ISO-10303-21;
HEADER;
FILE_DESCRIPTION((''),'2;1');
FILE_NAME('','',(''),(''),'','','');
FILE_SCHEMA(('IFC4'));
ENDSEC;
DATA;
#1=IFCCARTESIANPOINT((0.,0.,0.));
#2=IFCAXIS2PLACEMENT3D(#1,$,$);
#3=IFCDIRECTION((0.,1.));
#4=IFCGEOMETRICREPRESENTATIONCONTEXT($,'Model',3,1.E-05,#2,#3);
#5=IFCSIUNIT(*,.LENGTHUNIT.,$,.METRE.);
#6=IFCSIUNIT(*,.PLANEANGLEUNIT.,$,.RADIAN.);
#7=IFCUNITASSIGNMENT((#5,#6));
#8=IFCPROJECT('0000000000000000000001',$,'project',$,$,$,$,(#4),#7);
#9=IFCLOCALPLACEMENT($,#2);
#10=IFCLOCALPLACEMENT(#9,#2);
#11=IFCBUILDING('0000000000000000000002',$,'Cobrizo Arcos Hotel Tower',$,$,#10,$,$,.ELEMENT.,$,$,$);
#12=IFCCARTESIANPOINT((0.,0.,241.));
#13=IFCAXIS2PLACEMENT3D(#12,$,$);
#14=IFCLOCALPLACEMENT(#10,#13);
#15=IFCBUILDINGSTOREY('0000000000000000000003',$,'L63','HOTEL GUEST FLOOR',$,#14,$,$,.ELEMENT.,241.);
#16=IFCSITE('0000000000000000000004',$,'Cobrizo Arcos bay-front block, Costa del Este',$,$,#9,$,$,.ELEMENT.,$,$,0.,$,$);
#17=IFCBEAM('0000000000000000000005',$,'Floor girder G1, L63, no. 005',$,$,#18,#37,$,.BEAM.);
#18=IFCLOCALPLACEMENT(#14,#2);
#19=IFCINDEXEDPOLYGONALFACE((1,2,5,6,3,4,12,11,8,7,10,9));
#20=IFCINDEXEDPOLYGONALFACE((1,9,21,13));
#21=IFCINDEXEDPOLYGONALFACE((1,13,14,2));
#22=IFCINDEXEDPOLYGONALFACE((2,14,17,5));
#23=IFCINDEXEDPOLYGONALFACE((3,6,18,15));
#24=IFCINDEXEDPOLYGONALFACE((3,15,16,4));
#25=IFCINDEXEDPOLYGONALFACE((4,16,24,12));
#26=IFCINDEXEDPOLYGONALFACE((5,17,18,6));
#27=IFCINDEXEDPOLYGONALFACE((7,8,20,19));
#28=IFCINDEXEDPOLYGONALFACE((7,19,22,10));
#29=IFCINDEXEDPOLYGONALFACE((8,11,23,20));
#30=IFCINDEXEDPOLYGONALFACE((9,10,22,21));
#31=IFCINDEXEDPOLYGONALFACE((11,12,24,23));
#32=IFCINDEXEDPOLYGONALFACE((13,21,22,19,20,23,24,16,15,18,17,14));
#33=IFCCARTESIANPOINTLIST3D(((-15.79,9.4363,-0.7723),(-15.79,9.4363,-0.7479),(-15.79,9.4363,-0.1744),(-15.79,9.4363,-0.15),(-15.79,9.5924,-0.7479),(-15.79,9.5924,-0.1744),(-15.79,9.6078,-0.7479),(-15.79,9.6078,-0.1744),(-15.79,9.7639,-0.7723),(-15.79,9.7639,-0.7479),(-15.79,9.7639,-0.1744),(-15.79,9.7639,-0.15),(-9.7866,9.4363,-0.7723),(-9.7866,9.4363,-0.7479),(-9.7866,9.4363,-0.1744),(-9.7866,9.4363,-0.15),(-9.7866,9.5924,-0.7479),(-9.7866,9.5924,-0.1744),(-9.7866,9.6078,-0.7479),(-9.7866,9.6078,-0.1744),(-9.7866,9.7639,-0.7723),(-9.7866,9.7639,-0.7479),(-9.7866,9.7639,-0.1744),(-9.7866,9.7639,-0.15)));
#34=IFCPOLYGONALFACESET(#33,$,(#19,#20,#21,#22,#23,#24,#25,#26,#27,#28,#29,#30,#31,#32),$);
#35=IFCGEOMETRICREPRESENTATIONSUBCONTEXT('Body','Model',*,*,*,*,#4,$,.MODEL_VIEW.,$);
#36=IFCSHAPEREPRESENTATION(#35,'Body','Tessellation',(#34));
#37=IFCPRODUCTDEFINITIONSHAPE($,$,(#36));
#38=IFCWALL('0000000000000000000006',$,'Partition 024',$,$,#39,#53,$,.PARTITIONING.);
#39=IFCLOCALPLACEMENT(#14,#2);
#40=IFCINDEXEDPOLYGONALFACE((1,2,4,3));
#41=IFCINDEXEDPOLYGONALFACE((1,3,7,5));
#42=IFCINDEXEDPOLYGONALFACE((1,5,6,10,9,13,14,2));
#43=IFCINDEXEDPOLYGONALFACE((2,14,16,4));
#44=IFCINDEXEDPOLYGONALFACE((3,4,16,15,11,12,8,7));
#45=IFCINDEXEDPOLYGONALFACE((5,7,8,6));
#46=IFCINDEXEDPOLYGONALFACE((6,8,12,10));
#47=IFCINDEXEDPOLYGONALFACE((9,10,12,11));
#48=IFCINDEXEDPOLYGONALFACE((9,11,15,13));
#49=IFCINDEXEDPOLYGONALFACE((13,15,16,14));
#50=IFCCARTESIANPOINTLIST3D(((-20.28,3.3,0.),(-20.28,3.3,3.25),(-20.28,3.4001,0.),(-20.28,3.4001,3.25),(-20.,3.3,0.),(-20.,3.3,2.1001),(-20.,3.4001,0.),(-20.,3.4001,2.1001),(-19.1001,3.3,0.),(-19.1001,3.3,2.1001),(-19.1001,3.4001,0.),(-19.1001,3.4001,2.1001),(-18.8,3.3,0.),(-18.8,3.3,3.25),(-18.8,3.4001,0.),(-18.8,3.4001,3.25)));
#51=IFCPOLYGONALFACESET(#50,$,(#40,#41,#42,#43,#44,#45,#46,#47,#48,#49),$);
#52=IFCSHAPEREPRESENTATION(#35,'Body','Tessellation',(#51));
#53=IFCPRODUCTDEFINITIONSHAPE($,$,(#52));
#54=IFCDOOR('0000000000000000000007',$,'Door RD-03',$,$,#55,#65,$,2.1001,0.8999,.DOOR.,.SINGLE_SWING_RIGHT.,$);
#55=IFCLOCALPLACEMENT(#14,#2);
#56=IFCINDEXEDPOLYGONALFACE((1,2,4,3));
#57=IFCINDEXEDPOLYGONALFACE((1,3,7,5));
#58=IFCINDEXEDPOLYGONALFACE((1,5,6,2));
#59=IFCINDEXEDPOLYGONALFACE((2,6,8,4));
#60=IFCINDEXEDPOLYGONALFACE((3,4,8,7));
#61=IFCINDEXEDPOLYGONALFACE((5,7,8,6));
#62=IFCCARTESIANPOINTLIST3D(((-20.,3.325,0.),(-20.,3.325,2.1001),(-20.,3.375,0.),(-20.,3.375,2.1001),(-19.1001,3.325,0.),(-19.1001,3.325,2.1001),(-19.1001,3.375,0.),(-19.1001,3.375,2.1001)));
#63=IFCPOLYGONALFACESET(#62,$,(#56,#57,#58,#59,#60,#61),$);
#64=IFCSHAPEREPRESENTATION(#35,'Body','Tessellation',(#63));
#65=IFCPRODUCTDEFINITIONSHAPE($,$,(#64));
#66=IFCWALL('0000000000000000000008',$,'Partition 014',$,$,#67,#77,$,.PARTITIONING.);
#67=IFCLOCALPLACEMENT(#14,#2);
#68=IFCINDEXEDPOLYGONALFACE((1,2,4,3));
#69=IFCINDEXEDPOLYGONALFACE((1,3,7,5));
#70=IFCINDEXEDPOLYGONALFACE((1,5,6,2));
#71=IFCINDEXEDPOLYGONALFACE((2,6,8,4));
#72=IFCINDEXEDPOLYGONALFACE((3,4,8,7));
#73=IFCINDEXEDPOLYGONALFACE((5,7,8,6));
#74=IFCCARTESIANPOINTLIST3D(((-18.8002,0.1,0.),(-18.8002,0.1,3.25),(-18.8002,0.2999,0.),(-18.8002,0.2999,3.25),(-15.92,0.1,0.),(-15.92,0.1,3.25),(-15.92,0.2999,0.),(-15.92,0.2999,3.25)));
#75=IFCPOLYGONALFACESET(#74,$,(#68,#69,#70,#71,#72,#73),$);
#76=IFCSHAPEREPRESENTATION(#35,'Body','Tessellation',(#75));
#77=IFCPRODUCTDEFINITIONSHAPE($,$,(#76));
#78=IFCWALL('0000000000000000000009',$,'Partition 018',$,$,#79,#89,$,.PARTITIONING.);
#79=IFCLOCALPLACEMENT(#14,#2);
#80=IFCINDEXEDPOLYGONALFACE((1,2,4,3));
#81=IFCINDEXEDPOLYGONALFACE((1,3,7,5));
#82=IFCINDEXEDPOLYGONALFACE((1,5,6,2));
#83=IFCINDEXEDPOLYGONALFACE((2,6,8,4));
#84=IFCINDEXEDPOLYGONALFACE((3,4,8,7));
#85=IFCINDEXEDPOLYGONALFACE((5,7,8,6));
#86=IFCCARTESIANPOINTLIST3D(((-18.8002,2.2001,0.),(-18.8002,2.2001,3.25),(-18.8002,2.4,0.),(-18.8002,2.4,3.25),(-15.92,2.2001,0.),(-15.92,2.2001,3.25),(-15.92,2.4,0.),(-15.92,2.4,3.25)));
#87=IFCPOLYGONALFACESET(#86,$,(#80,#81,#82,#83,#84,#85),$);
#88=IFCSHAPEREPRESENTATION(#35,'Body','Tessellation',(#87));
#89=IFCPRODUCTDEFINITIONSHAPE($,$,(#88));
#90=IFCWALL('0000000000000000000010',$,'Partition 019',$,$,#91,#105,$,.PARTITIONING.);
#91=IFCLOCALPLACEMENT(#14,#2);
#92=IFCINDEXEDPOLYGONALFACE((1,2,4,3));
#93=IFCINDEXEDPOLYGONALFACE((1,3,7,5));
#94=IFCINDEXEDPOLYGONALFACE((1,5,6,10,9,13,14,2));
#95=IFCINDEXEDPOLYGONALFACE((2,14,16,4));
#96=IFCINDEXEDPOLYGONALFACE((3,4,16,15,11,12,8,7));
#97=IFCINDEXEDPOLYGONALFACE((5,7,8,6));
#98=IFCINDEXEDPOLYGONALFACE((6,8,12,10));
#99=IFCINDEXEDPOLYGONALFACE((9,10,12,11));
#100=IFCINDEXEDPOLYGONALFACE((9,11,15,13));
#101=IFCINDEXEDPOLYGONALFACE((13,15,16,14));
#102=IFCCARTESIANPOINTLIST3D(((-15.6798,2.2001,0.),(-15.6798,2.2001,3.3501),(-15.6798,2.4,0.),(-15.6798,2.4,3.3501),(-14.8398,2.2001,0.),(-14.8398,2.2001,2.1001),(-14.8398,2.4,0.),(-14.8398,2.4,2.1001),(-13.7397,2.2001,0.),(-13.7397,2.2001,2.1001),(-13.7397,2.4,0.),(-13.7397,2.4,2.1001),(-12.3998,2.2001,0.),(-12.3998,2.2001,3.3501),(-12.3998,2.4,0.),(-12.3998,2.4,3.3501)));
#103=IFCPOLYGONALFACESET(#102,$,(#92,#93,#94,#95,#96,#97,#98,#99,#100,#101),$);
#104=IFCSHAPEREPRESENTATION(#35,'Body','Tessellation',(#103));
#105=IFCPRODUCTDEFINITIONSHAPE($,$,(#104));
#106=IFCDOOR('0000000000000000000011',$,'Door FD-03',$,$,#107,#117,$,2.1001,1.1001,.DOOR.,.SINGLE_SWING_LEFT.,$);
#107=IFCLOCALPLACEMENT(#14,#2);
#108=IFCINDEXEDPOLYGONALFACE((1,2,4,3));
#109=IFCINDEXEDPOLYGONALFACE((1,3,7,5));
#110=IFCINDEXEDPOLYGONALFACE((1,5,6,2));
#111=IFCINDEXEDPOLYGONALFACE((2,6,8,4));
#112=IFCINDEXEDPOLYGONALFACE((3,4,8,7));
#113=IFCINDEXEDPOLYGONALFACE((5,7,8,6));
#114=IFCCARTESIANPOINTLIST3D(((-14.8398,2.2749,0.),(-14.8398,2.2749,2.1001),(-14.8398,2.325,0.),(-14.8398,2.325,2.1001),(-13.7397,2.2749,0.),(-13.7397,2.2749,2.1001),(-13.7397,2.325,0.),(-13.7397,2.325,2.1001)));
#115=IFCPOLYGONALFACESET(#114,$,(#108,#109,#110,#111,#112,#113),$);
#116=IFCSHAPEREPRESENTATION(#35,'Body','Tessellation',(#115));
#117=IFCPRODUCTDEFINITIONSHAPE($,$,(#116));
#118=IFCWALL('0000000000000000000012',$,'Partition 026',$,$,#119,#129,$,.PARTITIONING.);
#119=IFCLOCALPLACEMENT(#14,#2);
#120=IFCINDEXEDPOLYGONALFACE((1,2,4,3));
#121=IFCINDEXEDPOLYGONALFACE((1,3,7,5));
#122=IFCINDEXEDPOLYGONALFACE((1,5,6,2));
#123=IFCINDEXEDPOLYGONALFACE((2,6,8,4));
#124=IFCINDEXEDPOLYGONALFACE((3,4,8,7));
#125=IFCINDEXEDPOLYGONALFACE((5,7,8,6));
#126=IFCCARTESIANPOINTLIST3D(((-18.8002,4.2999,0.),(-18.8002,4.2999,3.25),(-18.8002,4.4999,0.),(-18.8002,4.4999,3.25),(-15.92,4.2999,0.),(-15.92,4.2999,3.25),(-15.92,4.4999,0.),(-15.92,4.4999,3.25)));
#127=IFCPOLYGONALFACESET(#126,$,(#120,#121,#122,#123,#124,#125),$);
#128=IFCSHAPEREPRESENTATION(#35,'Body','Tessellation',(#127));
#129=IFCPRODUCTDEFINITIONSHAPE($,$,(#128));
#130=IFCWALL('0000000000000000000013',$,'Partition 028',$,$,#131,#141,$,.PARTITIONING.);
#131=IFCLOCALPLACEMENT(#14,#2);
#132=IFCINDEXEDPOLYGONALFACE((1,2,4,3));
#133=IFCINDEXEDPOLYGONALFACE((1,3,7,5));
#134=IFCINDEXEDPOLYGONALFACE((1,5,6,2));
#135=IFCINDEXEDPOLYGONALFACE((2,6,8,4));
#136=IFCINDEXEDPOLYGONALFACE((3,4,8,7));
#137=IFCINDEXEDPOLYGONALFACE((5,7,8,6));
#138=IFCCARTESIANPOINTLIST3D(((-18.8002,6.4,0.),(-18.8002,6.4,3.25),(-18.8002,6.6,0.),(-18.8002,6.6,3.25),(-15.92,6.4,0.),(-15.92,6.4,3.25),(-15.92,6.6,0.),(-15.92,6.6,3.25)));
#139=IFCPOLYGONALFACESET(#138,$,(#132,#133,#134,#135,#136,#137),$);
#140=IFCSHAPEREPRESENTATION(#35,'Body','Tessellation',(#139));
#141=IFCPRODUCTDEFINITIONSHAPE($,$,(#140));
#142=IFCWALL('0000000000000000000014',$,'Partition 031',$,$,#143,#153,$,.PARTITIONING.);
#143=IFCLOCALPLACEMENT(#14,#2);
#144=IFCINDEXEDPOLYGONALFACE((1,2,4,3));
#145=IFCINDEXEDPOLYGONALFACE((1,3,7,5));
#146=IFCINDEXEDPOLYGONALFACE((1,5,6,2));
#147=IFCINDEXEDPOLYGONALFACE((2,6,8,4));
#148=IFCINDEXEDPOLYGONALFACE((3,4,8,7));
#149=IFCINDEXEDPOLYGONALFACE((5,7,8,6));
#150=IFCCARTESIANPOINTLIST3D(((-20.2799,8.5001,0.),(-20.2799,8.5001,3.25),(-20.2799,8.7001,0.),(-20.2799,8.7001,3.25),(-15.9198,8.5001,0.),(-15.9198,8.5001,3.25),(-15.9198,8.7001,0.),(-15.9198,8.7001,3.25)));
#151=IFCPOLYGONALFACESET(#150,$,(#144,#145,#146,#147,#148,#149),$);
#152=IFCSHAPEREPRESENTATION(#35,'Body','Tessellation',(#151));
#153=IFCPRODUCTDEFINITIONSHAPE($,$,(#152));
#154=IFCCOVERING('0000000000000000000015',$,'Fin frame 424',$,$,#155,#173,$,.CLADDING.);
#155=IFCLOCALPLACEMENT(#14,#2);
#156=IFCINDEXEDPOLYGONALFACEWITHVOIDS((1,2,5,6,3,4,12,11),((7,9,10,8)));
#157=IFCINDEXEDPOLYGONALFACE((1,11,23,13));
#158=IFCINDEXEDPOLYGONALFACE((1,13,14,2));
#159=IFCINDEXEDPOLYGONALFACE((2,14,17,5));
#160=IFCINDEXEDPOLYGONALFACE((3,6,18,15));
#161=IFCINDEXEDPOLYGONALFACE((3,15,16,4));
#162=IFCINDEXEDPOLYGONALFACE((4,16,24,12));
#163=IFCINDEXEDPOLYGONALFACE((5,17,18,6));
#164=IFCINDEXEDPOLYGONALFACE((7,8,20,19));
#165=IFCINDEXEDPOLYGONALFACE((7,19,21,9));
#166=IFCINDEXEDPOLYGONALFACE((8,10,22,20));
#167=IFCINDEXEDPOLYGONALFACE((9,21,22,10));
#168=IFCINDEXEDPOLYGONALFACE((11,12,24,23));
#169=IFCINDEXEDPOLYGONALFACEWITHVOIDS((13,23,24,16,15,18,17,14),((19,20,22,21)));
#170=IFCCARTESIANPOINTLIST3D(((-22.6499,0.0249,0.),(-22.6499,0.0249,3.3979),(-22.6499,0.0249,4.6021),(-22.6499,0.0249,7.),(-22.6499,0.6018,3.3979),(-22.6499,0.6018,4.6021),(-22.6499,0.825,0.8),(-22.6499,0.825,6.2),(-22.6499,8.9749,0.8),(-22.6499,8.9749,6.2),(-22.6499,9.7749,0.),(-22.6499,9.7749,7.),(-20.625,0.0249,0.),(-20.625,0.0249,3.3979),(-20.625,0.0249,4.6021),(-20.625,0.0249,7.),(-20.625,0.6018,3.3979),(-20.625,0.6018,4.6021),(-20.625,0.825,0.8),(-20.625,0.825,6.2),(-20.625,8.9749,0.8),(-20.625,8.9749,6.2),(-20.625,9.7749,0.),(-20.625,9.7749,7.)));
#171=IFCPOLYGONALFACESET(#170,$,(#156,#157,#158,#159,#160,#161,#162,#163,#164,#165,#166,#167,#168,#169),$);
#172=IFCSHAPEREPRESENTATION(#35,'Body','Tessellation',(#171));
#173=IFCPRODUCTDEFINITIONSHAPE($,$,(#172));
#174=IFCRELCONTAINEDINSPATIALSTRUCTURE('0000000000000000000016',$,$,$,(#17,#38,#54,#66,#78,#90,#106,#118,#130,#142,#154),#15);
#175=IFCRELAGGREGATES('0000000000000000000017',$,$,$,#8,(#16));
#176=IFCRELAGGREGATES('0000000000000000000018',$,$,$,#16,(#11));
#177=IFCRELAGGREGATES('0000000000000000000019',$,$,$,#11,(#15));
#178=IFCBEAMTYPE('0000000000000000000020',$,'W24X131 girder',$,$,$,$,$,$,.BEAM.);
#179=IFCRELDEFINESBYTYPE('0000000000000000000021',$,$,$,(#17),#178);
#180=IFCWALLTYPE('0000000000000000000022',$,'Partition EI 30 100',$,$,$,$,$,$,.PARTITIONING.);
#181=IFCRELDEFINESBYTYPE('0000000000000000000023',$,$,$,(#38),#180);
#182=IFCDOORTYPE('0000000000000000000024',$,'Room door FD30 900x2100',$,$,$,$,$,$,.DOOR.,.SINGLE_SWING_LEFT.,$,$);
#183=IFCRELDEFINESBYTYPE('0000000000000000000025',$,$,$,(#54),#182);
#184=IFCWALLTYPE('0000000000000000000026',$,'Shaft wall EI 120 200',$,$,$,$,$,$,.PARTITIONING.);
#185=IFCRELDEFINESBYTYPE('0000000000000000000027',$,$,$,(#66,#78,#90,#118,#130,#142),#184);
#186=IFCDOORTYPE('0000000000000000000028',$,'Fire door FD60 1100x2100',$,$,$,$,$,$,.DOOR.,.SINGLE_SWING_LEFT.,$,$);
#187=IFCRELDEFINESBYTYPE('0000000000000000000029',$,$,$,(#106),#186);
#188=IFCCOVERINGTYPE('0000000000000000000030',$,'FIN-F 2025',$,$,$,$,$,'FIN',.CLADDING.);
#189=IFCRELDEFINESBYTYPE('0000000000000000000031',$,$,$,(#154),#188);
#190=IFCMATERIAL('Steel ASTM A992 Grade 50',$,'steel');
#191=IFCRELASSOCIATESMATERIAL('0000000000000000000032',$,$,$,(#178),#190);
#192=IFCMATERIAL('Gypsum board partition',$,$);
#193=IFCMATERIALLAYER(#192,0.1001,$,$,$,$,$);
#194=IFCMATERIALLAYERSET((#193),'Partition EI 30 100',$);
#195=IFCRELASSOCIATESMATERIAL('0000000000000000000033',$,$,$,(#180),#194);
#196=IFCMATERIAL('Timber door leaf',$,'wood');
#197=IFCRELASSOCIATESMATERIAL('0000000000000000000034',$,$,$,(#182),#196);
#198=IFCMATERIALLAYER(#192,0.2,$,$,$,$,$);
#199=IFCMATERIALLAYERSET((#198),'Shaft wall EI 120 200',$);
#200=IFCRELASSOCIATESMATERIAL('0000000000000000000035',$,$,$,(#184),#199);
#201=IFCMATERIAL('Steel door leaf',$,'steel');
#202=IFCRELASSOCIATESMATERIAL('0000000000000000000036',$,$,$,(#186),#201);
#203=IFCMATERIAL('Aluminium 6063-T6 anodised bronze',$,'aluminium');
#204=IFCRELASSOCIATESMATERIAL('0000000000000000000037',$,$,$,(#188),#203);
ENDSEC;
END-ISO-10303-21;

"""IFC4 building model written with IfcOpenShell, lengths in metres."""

from ifc_helpers import new_model, si_unit, direction, frame, frame_2d, origin, origin_2d, place, context, subcontext, project, spatial, polyline, rectangle, i_section, outline, extrude, material, layer, layer_set, material_profile, profile_set, type_object, element, fill, save


model = new_model("IFC4")

# Units and contexts
model_context = context("Model", 3, precision=1e-05, world=origin(), true_north=direction((0.0, 1.0)))
body_context = subcontext(model_context, "Body", "Model", "MODEL_VIEW")
ifc_project = project(units=[si_unit("LENGTHUNIT", "METRE"), si_unit("PLANEANGLEUNIT", "RADIAN")], contexts=[model_context])

# Site, building, storey
site_placement = place(None, origin())
site = spatial("IfcSite", under=ifc_project, at=site_placement, Name="Cobrizo Arcos bay-front block, Costa del Este", CompositionType="ELEMENT", RefElevation=0.0)
building_placement = place(site_placement, origin())
building = spatial("IfcBuilding", under=site, at=building_placement, Name="Cobrizo Arcos Hotel Tower", CompositionType="ELEMENT")
storey_placement = place(building_placement, frame((0.0, 0.0, 241.0)))
storey = spatial("IfcBuildingStorey", under=building, at=storey_placement, Name="L63", Description="HOTEL GUEST FLOOR", CompositionType="ELEMENT", Elevation=241.0)

# Beam
ifc_material_1 = material(Name="Steel ASTM A992 Grade 50", Category="steel")
ifc_material_profile = material_profile(ifc_material_1, i_section(OverallWidth=0.3276, OverallDepth=0.6223, WebThickness=0.0154, FlangeThickness=0.0244, at=origin_2d()), Name="W24X131")
ifc_profile_set = profile_set([ifc_material_profile], Name="Steel ASTM A992 Grade 50")
beam_type = type_object("IfcBeamType", Name="W24X131 girder", PredefinedType="BEAM", material=ifc_profile_set)
beam_placement = place(storey_placement, frame((-15.79, 9.6001, -0.4612), z_axis=(1.0, 0.0, 0.0), x_axis=(0.0, 1.0, 0.0)))
element("IfcBeam", 1, at=beam_placement, inside=storey, type_object=beam_type, Name="Floor girder G1, L63, no. 005", PredefinedType="BEAM", context=body_context, shape_type="SweptSolid", body=[
    extrude(i_section(OverallWidth=0.3276, OverallDepth=0.6223, WebThickness=0.0154, FlangeThickness=0.0244, at=origin_2d()), origin(), (0.0, 0.0, 1.0), 6.0034),
])

# Wall, opening, door
ifc_material_2 = material(Name="Gypsum board partition")
ifc_layer_1 = layer(ifc_material_2, 0.1001)
ifc_layer_set_1 = layer_set([ifc_layer_1], Name="Partition EI 30 100")
wall_type_1 = type_object("IfcWallType", Name="Partition EI 30 100", PredefinedType="PARTITIONING", material=ifc_layer_set_1)
wall_1_placement = place(storey_placement, frame((-20.28, 3.3501, 0.0), z_axis=(0.0, 0.0, 1.0), x_axis=(1.0, 0.0, 0.0)))
wall_1 = element("IfcWall", 2, at=wall_1_placement, inside=storey, type_object=wall_type_1, Name="Partition 024", PredefinedType="PARTITIONING", context=body_context, shape_type="SweptSolid", body=[
    extrude(rectangle(XDim=1.48, YDim=0.1001, at=frame_2d((0.74, 0.0))), origin(), (0.0, 0.0, 1.0), 3.25),
])
opening_1_placement = place(wall_1_placement, frame((0.28, 0.0, 0.0)))
opening_1 = element("IfcOpeningElement", 3, at=opening_1_placement, cuts=wall_1, PredefinedType="OPENING", context=body_context, shape_type="SweptSolid", body=[
    extrude(rectangle(XDim=0.8999, YDim=2.1001, at=frame_2d((0.45, 1.05))), frame((0.0, 0.062, 0.0), z_axis=(0.0, -1.0, 0.0), x_axis=(1.0, 0.0, 0.0)), (0.0, 0.0, 1.0), 0.124),
])
ifc_material_3 = material(Name="Timber door leaf", Category="wood")
door_type_1 = type_object("IfcDoorType", Name="Room door FD30 900x2100", OperationType="SINGLE_SWING_LEFT", PredefinedType="DOOR", material=ifc_material_3)
door_1_placement = place(opening_1_placement, origin())
door_1 = element("IfcDoor", 4, at=door_1_placement, inside=storey, type_object=door_type_1, Name="Door RD-03", OperationType="SINGLE_SWING_RIGHT", OverallHeight=2.1001, OverallWidth=0.8999, PredefinedType="DOOR", context=body_context, shape_type="SweptSolid", body=[
    extrude(rectangle(XDim=0.8999, YDim=2.1001, at=frame_2d((0.45, 1.05))), frame((0.0, 0.0249, 0.0), z_axis=(0.0, -1.0, 0.0), x_axis=(1.0, 0.0, 0.0)), (0.0, 0.0, 1.0), 0.05),
])
fill(opening_1, door_1)

# Walls
ifc_layer_2 = layer(ifc_material_2, 0.2)
ifc_layer_set_2 = layer_set([ifc_layer_2], Name="Shaft wall EI 120 200")
wall_type_2 = type_object("IfcWallType", Name="Shaft wall EI 120 200", PredefinedType="PARTITIONING", material=ifc_layer_set_2)
for number, where, z_axis, x_axis, name in (
    (5, (-18.8, 0.2, 0.0), (0.0, 0.0, 1.0), (1.0, 0.0, 0.0), "Partition 014"),
    (6, (-18.8, 2.3, 0.0), (0.0, 0.0, 1.0), (1.0, 0.0, 0.0), "Partition 018"),
):
    element("IfcWall", number, at=place(storey_placement, frame(where, z_axis=z_axis, x_axis=x_axis)), inside=storey, type_object=wall_type_2, Name=name, PredefinedType="PARTITIONING", context=body_context, shape_type="SweptSolid", body=[
        extrude(rectangle(XDim=2.8801, YDim=0.2, at=frame_2d((1.4399, 0.0))), origin(), (0.0, 0.0, 1.0), 3.25),
    ])

# Wall, opening, door
wall_2_placement = place(storey_placement, frame((-15.6799, 2.3, 0.0), z_axis=(0.0, 0.0, 1.0), x_axis=(1.0, 0.0, 0.0)))
wall_2 = element("IfcWall", 7, at=wall_2_placement, inside=storey, type_object=wall_type_2, Name="Partition 019", PredefinedType="PARTITIONING", context=body_context, shape_type="SweptSolid", body=[
    extrude(rectangle(XDim=3.28, YDim=0.2, at=frame_2d((1.6401, 0.0))), origin(), (0.0, 0.0, 1.0), 3.3501),
])
opening_2_placement = place(wall_2_placement, frame((0.8401, 0.0, 0.0)))
opening_2 = element("IfcOpeningElement", 8, at=opening_2_placement, cuts=wall_2, PredefinedType="OPENING", context=body_context, shape_type="SweptSolid", body=[
    extrude(rectangle(XDim=1.1001, YDim=2.1001, at=frame_2d((0.55, 1.05))), frame((0.0, 0.1121, 0.0), z_axis=(0.0, -1.0, 0.0), x_axis=(1.0, 0.0, 0.0)), (0.0, 0.0, 1.0), 0.2239),
])
ifc_material_4 = material(Name="Steel door leaf", Category="steel")
door_type_2 = type_object("IfcDoorType", Name="Fire door FD60 1100x2100", OperationType="SINGLE_SWING_LEFT", PredefinedType="DOOR", material=ifc_material_4)
door_2_placement = place(opening_2_placement, origin())
door_2 = element("IfcDoor", 9, at=door_2_placement, inside=storey, type_object=door_type_2, Name="Door FD-03", OperationType="SINGLE_SWING_LEFT", OverallHeight=2.1001, OverallWidth=1.1001, PredefinedType="DOOR", context=body_context, shape_type="SweptSolid", body=[
    extrude(rectangle(XDim=1.1001, YDim=2.1001, at=frame_2d((0.55, 1.05))), frame((0.0, 0.0249, 0.0), z_axis=(0.0, -1.0, 0.0), x_axis=(1.0, 0.0, 0.0)), (0.0, 0.0, 1.0), 0.05),
])
fill(opening_2, door_2)

# Walls
for number, where, z_axis, x_axis, name in (
    (10, (-18.8, 4.3999, 0.0), (0.0, 0.0, 1.0), (1.0, 0.0, 0.0), "Partition 026"),
    (11, (-18.8, 6.5, 0.0), (0.0, 0.0, 1.0), (1.0, 0.0, 0.0), "Partition 028"),
):
    element("IfcWall", number, at=place(storey_placement, frame(where, z_axis=z_axis, x_axis=x_axis)), inside=storey, type_object=wall_type_2, Name=name, PredefinedType="PARTITIONING", context=body_context, shape_type="SweptSolid", body=[
        extrude(rectangle(XDim=2.8801, YDim=0.2, at=frame_2d((1.4399, 0.0))), origin(), (0.0, 0.0, 1.0), 3.25),
    ])
wall_3_placement = place(storey_placement, frame((-20.28, 8.6001, 0.0), z_axis=(0.0, 0.0, 1.0), x_axis=(1.0, 0.0, 0.0)))
element("IfcWall", 12, at=wall_3_placement, inside=storey, type_object=wall_type_2, Name="Partition 031", PredefinedType="PARTITIONING", context=body_context, shape_type="SweptSolid", body=[
    extrude(rectangle(XDim=4.3601, YDim=0.2, at=frame_2d((2.1802, 0.0))), origin(), (0.0, 0.0, 1.0), 3.25),
])

# Covering
ifc_material_5 = material(Name="Aluminium 6063-T6 anodised bronze", Category="aluminium")
covering_type_1 = type_object("IfcCoveringType", Name="FIN-F 2025", ElementType="FIN", PredefinedType="CLADDING", material=ifc_material_5)
covering_placement = place(storey_placement, frame((-20.625, 9.7749, 0.0), z_axis=(-1.0, 0.0, 0.0), x_axis=(0.0, -1.0, 0.0)))
element("IfcCovering", 13, at=covering_placement, inside=storey, type_object=covering_type_1, Name="Fin frame 424", PredefinedType="CLADDING", context=body_context, shape_type="SweptSolid", body=[
    extrude(outline(polyline([(9.75, 0.0), (9.75, 3.3979), (9.1731, 3.3979), (9.1731, 4.6021), (9.75, 4.6021), (9.75, 7.0), (0.0, 7.0), (0.0, 0.0), (9.75, 0.0)]), holes=[polyline([(8.95, 0.8), (0.8, 0.8), (0.8, 6.2), (8.95, 6.2), (8.95, 0.8)])]), origin(), (0.0, 0.0, 1.0), 2.0249),
])

save(model, "model.ifc")
